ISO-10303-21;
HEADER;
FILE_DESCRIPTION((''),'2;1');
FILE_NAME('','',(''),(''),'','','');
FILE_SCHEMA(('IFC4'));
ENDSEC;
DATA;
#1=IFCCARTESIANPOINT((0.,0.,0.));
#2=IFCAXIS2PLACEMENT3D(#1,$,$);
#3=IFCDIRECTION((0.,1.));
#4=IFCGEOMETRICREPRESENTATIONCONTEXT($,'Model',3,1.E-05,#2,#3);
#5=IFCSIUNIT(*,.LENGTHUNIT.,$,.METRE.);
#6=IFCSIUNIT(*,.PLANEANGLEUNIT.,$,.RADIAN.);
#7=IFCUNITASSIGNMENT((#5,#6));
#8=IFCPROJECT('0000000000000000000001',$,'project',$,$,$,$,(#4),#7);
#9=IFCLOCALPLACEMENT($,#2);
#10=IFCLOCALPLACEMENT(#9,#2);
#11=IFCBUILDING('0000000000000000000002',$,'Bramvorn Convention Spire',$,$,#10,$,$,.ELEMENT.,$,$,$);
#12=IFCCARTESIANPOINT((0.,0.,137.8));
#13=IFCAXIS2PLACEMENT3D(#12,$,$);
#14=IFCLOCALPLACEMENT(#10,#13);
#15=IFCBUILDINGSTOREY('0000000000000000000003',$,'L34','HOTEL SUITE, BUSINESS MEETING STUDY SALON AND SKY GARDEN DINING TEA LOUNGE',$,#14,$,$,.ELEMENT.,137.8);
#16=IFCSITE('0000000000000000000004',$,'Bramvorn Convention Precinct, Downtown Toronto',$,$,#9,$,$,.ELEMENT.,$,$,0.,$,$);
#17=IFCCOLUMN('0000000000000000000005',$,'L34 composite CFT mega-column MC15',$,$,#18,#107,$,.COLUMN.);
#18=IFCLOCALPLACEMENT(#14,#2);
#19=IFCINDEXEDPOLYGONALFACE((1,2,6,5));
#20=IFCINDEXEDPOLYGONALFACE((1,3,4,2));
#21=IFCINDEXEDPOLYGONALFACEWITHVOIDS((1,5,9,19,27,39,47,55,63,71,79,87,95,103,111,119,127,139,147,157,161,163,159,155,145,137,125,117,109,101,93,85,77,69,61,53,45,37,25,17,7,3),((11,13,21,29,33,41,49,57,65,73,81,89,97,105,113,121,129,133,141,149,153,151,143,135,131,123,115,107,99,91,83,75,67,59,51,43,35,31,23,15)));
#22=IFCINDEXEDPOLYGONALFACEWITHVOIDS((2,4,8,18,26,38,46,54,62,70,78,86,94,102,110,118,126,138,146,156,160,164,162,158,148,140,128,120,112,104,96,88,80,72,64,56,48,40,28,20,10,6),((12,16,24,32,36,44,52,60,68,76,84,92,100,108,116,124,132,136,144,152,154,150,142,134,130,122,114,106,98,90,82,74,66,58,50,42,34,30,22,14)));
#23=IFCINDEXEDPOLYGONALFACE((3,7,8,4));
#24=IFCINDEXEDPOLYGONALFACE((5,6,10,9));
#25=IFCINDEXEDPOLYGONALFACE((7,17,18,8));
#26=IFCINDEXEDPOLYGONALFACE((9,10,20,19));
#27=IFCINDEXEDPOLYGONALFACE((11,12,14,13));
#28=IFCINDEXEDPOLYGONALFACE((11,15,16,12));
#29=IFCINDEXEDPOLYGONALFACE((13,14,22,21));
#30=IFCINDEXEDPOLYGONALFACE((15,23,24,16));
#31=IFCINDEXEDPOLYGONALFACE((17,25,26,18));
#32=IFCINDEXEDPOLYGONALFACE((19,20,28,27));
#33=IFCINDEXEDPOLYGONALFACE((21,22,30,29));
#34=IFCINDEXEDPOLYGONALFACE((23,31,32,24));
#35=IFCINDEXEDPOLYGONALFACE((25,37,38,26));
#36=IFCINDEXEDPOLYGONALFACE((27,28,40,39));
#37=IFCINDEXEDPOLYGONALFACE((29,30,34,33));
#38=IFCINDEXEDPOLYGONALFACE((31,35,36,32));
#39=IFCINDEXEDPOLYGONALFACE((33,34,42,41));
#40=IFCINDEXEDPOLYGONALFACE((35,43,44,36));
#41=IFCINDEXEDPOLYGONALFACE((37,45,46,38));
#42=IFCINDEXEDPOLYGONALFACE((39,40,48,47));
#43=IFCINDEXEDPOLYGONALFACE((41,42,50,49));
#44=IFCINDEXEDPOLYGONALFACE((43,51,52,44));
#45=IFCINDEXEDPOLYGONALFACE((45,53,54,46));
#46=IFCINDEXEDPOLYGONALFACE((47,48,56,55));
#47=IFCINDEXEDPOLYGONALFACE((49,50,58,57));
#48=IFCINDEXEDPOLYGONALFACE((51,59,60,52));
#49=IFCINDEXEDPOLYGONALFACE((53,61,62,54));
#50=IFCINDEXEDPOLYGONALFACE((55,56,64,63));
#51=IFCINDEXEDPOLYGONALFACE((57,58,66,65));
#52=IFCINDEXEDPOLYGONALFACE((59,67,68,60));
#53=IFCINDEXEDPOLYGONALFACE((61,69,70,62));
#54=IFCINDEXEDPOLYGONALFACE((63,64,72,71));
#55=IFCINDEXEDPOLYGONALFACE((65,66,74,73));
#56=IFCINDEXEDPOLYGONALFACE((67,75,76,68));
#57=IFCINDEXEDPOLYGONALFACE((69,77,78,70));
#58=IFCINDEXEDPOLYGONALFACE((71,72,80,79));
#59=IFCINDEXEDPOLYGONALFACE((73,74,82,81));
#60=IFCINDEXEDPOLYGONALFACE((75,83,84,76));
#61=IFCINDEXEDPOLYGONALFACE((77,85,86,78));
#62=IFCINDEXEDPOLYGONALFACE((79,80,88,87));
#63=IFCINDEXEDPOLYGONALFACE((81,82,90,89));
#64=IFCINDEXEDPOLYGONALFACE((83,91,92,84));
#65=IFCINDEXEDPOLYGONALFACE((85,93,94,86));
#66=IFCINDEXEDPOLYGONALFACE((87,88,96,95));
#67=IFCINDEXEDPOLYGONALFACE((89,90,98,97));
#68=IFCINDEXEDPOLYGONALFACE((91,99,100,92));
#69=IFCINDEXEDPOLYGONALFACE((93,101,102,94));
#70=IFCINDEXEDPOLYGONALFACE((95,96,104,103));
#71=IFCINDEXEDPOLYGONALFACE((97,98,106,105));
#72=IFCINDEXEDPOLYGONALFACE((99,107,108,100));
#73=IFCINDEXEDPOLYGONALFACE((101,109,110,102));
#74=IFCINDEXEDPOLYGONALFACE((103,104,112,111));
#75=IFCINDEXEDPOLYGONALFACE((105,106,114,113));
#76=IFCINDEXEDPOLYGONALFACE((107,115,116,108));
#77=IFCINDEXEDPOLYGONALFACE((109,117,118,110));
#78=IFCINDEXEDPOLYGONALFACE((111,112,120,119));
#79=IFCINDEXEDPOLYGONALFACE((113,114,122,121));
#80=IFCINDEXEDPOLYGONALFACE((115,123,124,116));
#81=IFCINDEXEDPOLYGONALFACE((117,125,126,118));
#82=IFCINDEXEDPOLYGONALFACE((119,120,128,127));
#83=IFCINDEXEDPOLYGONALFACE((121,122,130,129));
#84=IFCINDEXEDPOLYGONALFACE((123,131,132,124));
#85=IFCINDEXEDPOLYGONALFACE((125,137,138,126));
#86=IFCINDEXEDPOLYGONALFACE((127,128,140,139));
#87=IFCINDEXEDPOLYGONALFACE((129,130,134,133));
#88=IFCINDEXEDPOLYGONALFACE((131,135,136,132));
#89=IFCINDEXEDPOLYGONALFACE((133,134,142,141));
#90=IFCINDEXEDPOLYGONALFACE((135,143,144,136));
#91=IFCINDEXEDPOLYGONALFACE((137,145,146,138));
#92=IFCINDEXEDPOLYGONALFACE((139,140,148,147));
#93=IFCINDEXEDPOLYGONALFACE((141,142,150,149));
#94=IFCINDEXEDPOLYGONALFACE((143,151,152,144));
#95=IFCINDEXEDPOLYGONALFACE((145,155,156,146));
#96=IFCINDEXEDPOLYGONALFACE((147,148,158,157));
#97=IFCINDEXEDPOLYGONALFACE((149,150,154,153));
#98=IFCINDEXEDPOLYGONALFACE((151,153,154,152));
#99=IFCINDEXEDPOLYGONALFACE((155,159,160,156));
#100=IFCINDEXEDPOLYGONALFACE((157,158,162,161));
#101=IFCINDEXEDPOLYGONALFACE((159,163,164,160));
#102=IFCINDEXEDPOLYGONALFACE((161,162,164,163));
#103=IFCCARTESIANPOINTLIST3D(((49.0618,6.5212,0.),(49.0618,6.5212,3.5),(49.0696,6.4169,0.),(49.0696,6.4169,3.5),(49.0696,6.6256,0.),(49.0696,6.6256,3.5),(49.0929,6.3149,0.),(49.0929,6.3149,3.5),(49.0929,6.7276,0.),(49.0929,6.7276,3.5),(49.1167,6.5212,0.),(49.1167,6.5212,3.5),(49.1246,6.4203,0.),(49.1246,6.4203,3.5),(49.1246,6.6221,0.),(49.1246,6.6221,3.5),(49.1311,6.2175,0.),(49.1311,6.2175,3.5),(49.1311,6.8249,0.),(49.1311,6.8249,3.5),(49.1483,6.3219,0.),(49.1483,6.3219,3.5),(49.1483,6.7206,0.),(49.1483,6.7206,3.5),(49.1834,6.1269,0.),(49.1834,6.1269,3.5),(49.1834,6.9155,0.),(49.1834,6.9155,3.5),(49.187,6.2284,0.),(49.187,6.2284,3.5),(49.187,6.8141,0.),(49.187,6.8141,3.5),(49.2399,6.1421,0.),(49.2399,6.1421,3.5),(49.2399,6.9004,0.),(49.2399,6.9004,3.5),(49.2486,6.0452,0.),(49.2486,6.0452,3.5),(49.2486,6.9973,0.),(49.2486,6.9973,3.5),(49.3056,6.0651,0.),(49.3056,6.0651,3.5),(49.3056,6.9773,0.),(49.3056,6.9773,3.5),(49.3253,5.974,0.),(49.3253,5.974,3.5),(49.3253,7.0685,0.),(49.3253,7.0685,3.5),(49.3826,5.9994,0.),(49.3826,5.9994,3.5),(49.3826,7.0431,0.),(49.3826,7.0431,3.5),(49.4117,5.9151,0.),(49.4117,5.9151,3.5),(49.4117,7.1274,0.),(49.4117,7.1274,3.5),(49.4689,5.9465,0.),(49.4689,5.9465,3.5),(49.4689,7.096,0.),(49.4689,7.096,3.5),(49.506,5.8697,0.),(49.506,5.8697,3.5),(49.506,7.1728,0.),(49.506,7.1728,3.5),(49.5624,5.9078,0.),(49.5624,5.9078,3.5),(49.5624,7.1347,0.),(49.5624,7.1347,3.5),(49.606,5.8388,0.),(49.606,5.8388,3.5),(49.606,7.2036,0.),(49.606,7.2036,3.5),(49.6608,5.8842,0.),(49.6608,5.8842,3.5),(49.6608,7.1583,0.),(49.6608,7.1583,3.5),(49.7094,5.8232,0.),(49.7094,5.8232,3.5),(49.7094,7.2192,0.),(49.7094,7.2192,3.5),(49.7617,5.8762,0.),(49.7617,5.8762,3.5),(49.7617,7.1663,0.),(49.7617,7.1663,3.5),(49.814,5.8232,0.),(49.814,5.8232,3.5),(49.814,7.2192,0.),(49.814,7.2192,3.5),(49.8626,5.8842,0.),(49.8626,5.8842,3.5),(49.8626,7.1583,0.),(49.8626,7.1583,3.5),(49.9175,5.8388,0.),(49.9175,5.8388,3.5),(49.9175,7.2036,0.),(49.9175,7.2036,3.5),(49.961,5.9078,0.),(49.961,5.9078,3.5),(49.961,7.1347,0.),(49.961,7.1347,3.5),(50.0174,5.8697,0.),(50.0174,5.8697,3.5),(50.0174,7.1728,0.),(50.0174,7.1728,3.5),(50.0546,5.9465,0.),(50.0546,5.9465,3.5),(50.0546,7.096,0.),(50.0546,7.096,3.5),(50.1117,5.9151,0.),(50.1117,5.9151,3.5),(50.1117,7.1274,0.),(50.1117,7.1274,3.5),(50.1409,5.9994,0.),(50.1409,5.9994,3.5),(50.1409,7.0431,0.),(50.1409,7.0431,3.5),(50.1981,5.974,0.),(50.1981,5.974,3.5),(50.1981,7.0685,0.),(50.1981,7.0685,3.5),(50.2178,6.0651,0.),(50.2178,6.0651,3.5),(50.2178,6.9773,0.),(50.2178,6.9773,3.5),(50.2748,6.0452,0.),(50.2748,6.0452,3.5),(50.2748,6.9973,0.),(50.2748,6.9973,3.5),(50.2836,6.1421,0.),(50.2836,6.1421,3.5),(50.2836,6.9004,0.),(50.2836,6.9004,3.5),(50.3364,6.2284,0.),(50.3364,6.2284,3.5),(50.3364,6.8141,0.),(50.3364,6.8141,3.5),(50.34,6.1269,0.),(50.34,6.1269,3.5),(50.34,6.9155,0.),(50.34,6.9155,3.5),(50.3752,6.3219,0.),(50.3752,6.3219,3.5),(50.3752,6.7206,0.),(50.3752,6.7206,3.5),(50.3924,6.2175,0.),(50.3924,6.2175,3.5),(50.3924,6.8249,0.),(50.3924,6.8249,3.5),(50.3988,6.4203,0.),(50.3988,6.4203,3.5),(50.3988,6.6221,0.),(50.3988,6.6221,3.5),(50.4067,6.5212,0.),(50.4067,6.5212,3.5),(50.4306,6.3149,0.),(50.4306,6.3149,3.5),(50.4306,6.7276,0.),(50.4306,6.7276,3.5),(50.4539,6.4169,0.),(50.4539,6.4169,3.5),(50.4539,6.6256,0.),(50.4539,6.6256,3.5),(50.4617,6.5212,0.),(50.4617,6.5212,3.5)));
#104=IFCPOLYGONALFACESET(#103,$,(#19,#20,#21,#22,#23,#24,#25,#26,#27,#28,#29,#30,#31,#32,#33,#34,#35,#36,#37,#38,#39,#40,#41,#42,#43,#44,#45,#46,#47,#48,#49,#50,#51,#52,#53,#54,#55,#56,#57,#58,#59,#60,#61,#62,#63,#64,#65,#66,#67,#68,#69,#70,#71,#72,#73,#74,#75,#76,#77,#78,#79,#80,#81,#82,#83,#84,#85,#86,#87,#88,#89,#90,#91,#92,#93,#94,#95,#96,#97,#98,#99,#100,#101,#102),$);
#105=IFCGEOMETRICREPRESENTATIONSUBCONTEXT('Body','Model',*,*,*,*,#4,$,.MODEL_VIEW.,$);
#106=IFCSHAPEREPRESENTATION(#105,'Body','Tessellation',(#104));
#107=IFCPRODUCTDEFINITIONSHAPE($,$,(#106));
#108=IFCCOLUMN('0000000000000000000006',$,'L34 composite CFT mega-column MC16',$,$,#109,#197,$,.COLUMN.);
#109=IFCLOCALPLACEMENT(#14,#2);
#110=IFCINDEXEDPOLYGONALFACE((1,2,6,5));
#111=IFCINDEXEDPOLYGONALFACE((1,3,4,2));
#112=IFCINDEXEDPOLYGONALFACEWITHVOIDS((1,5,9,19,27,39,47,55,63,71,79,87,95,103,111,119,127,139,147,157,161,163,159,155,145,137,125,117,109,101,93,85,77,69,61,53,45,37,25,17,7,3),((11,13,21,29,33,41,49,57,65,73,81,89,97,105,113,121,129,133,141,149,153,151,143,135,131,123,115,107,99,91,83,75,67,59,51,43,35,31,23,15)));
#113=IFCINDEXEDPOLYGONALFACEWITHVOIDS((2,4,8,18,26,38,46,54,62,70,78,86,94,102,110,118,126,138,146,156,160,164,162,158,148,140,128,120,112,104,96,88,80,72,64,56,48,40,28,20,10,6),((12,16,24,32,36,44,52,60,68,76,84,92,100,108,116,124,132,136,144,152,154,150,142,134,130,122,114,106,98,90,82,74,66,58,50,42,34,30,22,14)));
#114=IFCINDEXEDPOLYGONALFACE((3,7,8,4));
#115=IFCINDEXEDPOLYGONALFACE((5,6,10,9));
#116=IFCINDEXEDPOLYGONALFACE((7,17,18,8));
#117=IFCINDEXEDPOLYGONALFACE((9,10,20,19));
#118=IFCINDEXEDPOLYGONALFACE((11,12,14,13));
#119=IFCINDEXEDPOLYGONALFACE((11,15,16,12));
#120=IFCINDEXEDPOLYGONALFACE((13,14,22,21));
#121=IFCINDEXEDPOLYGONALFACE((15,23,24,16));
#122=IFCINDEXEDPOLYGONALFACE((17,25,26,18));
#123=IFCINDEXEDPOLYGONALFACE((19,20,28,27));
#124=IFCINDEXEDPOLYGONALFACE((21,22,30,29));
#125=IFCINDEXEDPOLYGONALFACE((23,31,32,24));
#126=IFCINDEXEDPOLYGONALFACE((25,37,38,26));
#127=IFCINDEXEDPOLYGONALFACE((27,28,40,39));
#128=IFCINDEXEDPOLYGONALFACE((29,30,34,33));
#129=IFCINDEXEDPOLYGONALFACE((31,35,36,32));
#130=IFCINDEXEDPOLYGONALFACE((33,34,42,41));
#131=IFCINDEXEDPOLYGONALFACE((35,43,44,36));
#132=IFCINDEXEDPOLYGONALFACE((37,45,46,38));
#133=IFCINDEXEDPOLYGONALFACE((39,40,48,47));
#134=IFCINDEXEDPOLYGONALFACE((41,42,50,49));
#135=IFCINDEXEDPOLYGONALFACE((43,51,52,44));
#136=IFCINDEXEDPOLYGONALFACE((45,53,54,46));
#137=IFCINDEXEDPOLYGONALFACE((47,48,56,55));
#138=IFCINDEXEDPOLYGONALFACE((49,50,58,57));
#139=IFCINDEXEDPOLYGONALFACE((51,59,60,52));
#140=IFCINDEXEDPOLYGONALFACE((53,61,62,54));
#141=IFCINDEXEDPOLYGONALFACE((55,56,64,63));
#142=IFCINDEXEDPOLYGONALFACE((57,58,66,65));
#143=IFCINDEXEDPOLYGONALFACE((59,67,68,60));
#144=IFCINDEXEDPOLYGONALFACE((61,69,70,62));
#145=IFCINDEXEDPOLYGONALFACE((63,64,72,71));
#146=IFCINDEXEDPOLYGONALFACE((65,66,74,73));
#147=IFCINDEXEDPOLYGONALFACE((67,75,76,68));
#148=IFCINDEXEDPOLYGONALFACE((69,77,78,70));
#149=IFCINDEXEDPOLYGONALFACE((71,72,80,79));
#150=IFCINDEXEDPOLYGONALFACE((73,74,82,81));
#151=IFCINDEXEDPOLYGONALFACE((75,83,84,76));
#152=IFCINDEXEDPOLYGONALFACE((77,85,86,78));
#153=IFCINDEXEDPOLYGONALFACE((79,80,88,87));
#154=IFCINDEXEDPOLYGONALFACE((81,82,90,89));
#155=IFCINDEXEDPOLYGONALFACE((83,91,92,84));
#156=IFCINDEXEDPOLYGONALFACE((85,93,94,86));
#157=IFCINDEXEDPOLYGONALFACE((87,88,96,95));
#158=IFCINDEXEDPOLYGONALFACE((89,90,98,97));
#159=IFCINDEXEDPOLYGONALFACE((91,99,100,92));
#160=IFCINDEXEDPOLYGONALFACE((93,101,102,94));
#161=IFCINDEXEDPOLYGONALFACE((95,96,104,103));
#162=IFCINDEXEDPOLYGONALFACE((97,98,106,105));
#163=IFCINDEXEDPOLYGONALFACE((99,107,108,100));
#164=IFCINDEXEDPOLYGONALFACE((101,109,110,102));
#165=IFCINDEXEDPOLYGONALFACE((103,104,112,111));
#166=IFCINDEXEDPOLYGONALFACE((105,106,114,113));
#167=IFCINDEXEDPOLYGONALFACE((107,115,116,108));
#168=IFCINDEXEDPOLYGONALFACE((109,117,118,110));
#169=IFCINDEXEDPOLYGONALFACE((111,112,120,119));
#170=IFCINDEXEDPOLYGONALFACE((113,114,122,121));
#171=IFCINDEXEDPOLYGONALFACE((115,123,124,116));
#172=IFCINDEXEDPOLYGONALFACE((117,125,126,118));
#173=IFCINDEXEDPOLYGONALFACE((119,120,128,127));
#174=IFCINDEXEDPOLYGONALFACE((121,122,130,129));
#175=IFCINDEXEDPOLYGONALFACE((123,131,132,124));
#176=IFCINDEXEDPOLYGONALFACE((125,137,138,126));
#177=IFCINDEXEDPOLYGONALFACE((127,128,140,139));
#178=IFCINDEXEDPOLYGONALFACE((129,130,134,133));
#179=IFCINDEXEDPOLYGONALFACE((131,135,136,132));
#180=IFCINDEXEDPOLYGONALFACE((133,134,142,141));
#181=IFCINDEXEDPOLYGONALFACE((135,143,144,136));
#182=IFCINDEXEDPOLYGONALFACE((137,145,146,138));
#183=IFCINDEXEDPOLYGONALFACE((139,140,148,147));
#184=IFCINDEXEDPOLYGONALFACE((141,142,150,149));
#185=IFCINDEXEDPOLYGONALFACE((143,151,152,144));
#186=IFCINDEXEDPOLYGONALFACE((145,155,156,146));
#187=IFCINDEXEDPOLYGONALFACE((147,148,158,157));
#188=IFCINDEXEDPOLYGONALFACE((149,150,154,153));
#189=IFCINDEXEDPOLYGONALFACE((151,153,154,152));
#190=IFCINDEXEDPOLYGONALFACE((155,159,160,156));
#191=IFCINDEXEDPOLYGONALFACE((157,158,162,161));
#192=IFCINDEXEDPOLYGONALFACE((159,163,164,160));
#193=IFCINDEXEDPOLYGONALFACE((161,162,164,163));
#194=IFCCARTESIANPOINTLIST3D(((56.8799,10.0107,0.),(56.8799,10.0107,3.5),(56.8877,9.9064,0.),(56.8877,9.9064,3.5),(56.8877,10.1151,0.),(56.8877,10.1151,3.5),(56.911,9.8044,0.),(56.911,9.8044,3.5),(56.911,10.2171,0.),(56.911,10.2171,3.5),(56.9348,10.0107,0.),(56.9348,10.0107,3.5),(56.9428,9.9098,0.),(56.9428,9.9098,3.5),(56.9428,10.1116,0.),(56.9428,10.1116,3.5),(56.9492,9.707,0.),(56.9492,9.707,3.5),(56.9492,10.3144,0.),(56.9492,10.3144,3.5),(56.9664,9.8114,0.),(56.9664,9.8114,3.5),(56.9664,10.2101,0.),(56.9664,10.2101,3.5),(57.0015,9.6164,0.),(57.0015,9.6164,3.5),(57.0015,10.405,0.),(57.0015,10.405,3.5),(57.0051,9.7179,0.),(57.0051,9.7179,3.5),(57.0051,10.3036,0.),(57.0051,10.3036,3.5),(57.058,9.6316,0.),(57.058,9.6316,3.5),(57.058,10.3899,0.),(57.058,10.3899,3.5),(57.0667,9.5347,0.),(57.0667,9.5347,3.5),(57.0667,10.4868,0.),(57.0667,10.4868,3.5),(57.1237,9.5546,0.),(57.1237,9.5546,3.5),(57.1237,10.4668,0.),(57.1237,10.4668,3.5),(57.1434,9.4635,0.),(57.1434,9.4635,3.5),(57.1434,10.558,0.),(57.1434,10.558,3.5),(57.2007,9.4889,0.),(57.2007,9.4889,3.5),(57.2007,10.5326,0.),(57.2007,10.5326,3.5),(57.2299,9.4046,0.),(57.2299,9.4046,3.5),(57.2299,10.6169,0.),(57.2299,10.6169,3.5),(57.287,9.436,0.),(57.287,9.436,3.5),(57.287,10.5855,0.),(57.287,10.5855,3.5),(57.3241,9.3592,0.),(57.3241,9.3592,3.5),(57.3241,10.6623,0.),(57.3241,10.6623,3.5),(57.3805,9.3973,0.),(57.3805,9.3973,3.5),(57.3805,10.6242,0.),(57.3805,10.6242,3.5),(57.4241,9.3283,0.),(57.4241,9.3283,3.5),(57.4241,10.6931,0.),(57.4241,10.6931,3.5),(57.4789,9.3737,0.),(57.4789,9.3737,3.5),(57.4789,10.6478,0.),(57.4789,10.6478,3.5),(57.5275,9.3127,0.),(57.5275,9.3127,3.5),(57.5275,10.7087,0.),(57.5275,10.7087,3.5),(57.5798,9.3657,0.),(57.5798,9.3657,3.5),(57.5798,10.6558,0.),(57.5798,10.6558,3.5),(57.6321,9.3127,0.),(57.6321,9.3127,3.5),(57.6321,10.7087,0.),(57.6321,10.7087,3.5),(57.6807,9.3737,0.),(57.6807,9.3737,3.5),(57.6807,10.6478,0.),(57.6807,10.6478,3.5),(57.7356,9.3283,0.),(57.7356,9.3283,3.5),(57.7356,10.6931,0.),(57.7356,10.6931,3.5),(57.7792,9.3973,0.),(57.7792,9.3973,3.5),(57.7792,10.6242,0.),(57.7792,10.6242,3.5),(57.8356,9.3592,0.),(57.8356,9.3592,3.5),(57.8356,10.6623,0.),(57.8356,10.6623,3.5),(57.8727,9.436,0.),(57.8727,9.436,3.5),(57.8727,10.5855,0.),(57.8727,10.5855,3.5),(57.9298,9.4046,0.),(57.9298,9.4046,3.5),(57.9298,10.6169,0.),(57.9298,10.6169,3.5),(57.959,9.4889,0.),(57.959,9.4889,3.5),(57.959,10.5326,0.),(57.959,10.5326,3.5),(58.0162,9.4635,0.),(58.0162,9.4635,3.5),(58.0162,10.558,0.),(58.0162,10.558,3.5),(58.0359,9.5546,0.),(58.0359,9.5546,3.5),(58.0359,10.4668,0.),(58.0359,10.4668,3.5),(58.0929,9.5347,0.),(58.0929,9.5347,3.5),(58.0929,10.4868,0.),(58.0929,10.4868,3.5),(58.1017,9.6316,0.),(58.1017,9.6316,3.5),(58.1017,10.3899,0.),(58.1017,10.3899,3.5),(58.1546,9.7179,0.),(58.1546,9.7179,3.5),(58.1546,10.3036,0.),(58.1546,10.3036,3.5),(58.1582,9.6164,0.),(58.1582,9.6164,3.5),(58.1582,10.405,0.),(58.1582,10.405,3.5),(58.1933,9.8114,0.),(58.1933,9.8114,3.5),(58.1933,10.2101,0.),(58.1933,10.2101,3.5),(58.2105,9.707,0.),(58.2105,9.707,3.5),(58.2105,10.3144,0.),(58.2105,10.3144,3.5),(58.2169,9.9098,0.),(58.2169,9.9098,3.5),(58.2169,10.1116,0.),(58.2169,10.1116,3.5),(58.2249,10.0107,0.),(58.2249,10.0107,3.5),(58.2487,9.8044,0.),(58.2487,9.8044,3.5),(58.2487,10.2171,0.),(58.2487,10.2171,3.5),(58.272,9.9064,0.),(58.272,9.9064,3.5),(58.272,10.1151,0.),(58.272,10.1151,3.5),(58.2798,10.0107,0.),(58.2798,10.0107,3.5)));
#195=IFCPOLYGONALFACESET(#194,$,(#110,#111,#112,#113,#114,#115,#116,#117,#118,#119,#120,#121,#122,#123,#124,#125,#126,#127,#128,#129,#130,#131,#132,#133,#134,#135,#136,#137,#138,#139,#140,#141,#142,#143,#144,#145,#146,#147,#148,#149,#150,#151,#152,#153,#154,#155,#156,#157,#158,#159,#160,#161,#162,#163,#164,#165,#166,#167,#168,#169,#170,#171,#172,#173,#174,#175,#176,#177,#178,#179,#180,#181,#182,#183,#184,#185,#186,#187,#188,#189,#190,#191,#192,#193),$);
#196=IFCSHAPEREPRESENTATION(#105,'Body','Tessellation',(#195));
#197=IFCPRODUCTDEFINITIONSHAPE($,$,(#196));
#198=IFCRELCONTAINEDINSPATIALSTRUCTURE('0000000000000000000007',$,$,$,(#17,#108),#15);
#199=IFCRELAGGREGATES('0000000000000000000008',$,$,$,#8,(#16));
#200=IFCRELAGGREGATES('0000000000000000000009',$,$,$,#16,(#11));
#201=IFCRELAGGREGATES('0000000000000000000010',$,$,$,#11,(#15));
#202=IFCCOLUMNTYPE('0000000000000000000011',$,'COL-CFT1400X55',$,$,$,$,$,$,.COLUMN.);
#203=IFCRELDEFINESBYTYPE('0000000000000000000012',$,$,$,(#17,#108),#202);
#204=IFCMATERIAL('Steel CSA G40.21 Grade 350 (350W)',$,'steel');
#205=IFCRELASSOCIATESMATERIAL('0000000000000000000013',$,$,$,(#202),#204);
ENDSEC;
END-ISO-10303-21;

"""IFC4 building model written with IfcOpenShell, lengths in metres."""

from ifc_helpers import new_model, si_unit, direction, frame, origin, origin_2d, place, context, subcontext, project, spatial, hollow_circle, extrude, material, material_profile, profile_set, type_object, element, save


model = new_model("IFC4")

# Units and contexts
model_context = context("Model", 3, precision=1e-05, world=origin(), true_north=direction((0.0, 1.0)))
body_context = subcontext(model_context, "Body", "Model", "MODEL_VIEW")
ifc_project = project(units=[si_unit("LENGTHUNIT", "METRE"), si_unit("PLANEANGLEUNIT", "RADIAN")], contexts=[model_context])

# Site, building, storey
site_placement = place(None, origin())
site = spatial("IfcSite", under=ifc_project, at=site_placement, Name="Bramvorn Convention Precinct, Downtown Toronto", CompositionType="ELEMENT", RefElevation=0.0)
building_placement = place(site_placement, origin())
building = spatial("IfcBuilding", under=site, at=building_placement, Name="Bramvorn Convention Spire", CompositionType="ELEMENT")
storey_placement = place(building_placement, frame((0.0, 0.0, 137.8)))
storey = spatial("IfcBuildingStorey", under=building, at=storey_placement, Name="L34", Description="HOTEL SUITE, BUSINESS MEETING STUDY SALON AND SKY GARDEN DINING TEA LOUNGE", CompositionType="ELEMENT", Elevation=137.8)

# Columns
ifc_material_1 = material(Name="Steel CSA G40.21 Grade 350 (350W)", Category="steel")
ifc_material_profile_1 = material_profile(ifc_material_1, hollow_circle(Radius=0.7, WallThickness=0.0549, at=origin_2d()))
ifc_profile_set_1 = profile_set([ifc_material_profile_1], Name="Steel CSA G40.21 Grade 350 (350W) - CFT1400X55")
column_type = type_object("IfcColumnType", Name="COL-CFT1400X55", PredefinedType="COLUMN", material=ifc_profile_set_1)
for number, where, z_axis, x_axis, name in (
    (1, (49.7617, 6.5212, 0.0), (0.0, 0.0, 1.0), (1.0, 0.0, 0.0), "L34 composite CFT mega-column MC15"),
    (2, (57.5798, 10.0107, 0.0), (0.0, 0.0, 1.0), (1.0, 0.0, 0.0), "L34 composite CFT mega-column MC16"),
):
    element("IfcColumn", number, at=place(storey_placement, frame(where, z_axis=z_axis, x_axis=x_axis)), inside=storey, type_object=column_type, Name=name, PredefinedType="COLUMN", context=body_context, shape_type="SweptSolid", body=[
        extrude(hollow_circle(Radius=0.7, WallThickness=0.0549, at=origin_2d()), origin(), (0.0, 0.0, 1.0), 3.5),
    ])

save(model, "model.ifc")
